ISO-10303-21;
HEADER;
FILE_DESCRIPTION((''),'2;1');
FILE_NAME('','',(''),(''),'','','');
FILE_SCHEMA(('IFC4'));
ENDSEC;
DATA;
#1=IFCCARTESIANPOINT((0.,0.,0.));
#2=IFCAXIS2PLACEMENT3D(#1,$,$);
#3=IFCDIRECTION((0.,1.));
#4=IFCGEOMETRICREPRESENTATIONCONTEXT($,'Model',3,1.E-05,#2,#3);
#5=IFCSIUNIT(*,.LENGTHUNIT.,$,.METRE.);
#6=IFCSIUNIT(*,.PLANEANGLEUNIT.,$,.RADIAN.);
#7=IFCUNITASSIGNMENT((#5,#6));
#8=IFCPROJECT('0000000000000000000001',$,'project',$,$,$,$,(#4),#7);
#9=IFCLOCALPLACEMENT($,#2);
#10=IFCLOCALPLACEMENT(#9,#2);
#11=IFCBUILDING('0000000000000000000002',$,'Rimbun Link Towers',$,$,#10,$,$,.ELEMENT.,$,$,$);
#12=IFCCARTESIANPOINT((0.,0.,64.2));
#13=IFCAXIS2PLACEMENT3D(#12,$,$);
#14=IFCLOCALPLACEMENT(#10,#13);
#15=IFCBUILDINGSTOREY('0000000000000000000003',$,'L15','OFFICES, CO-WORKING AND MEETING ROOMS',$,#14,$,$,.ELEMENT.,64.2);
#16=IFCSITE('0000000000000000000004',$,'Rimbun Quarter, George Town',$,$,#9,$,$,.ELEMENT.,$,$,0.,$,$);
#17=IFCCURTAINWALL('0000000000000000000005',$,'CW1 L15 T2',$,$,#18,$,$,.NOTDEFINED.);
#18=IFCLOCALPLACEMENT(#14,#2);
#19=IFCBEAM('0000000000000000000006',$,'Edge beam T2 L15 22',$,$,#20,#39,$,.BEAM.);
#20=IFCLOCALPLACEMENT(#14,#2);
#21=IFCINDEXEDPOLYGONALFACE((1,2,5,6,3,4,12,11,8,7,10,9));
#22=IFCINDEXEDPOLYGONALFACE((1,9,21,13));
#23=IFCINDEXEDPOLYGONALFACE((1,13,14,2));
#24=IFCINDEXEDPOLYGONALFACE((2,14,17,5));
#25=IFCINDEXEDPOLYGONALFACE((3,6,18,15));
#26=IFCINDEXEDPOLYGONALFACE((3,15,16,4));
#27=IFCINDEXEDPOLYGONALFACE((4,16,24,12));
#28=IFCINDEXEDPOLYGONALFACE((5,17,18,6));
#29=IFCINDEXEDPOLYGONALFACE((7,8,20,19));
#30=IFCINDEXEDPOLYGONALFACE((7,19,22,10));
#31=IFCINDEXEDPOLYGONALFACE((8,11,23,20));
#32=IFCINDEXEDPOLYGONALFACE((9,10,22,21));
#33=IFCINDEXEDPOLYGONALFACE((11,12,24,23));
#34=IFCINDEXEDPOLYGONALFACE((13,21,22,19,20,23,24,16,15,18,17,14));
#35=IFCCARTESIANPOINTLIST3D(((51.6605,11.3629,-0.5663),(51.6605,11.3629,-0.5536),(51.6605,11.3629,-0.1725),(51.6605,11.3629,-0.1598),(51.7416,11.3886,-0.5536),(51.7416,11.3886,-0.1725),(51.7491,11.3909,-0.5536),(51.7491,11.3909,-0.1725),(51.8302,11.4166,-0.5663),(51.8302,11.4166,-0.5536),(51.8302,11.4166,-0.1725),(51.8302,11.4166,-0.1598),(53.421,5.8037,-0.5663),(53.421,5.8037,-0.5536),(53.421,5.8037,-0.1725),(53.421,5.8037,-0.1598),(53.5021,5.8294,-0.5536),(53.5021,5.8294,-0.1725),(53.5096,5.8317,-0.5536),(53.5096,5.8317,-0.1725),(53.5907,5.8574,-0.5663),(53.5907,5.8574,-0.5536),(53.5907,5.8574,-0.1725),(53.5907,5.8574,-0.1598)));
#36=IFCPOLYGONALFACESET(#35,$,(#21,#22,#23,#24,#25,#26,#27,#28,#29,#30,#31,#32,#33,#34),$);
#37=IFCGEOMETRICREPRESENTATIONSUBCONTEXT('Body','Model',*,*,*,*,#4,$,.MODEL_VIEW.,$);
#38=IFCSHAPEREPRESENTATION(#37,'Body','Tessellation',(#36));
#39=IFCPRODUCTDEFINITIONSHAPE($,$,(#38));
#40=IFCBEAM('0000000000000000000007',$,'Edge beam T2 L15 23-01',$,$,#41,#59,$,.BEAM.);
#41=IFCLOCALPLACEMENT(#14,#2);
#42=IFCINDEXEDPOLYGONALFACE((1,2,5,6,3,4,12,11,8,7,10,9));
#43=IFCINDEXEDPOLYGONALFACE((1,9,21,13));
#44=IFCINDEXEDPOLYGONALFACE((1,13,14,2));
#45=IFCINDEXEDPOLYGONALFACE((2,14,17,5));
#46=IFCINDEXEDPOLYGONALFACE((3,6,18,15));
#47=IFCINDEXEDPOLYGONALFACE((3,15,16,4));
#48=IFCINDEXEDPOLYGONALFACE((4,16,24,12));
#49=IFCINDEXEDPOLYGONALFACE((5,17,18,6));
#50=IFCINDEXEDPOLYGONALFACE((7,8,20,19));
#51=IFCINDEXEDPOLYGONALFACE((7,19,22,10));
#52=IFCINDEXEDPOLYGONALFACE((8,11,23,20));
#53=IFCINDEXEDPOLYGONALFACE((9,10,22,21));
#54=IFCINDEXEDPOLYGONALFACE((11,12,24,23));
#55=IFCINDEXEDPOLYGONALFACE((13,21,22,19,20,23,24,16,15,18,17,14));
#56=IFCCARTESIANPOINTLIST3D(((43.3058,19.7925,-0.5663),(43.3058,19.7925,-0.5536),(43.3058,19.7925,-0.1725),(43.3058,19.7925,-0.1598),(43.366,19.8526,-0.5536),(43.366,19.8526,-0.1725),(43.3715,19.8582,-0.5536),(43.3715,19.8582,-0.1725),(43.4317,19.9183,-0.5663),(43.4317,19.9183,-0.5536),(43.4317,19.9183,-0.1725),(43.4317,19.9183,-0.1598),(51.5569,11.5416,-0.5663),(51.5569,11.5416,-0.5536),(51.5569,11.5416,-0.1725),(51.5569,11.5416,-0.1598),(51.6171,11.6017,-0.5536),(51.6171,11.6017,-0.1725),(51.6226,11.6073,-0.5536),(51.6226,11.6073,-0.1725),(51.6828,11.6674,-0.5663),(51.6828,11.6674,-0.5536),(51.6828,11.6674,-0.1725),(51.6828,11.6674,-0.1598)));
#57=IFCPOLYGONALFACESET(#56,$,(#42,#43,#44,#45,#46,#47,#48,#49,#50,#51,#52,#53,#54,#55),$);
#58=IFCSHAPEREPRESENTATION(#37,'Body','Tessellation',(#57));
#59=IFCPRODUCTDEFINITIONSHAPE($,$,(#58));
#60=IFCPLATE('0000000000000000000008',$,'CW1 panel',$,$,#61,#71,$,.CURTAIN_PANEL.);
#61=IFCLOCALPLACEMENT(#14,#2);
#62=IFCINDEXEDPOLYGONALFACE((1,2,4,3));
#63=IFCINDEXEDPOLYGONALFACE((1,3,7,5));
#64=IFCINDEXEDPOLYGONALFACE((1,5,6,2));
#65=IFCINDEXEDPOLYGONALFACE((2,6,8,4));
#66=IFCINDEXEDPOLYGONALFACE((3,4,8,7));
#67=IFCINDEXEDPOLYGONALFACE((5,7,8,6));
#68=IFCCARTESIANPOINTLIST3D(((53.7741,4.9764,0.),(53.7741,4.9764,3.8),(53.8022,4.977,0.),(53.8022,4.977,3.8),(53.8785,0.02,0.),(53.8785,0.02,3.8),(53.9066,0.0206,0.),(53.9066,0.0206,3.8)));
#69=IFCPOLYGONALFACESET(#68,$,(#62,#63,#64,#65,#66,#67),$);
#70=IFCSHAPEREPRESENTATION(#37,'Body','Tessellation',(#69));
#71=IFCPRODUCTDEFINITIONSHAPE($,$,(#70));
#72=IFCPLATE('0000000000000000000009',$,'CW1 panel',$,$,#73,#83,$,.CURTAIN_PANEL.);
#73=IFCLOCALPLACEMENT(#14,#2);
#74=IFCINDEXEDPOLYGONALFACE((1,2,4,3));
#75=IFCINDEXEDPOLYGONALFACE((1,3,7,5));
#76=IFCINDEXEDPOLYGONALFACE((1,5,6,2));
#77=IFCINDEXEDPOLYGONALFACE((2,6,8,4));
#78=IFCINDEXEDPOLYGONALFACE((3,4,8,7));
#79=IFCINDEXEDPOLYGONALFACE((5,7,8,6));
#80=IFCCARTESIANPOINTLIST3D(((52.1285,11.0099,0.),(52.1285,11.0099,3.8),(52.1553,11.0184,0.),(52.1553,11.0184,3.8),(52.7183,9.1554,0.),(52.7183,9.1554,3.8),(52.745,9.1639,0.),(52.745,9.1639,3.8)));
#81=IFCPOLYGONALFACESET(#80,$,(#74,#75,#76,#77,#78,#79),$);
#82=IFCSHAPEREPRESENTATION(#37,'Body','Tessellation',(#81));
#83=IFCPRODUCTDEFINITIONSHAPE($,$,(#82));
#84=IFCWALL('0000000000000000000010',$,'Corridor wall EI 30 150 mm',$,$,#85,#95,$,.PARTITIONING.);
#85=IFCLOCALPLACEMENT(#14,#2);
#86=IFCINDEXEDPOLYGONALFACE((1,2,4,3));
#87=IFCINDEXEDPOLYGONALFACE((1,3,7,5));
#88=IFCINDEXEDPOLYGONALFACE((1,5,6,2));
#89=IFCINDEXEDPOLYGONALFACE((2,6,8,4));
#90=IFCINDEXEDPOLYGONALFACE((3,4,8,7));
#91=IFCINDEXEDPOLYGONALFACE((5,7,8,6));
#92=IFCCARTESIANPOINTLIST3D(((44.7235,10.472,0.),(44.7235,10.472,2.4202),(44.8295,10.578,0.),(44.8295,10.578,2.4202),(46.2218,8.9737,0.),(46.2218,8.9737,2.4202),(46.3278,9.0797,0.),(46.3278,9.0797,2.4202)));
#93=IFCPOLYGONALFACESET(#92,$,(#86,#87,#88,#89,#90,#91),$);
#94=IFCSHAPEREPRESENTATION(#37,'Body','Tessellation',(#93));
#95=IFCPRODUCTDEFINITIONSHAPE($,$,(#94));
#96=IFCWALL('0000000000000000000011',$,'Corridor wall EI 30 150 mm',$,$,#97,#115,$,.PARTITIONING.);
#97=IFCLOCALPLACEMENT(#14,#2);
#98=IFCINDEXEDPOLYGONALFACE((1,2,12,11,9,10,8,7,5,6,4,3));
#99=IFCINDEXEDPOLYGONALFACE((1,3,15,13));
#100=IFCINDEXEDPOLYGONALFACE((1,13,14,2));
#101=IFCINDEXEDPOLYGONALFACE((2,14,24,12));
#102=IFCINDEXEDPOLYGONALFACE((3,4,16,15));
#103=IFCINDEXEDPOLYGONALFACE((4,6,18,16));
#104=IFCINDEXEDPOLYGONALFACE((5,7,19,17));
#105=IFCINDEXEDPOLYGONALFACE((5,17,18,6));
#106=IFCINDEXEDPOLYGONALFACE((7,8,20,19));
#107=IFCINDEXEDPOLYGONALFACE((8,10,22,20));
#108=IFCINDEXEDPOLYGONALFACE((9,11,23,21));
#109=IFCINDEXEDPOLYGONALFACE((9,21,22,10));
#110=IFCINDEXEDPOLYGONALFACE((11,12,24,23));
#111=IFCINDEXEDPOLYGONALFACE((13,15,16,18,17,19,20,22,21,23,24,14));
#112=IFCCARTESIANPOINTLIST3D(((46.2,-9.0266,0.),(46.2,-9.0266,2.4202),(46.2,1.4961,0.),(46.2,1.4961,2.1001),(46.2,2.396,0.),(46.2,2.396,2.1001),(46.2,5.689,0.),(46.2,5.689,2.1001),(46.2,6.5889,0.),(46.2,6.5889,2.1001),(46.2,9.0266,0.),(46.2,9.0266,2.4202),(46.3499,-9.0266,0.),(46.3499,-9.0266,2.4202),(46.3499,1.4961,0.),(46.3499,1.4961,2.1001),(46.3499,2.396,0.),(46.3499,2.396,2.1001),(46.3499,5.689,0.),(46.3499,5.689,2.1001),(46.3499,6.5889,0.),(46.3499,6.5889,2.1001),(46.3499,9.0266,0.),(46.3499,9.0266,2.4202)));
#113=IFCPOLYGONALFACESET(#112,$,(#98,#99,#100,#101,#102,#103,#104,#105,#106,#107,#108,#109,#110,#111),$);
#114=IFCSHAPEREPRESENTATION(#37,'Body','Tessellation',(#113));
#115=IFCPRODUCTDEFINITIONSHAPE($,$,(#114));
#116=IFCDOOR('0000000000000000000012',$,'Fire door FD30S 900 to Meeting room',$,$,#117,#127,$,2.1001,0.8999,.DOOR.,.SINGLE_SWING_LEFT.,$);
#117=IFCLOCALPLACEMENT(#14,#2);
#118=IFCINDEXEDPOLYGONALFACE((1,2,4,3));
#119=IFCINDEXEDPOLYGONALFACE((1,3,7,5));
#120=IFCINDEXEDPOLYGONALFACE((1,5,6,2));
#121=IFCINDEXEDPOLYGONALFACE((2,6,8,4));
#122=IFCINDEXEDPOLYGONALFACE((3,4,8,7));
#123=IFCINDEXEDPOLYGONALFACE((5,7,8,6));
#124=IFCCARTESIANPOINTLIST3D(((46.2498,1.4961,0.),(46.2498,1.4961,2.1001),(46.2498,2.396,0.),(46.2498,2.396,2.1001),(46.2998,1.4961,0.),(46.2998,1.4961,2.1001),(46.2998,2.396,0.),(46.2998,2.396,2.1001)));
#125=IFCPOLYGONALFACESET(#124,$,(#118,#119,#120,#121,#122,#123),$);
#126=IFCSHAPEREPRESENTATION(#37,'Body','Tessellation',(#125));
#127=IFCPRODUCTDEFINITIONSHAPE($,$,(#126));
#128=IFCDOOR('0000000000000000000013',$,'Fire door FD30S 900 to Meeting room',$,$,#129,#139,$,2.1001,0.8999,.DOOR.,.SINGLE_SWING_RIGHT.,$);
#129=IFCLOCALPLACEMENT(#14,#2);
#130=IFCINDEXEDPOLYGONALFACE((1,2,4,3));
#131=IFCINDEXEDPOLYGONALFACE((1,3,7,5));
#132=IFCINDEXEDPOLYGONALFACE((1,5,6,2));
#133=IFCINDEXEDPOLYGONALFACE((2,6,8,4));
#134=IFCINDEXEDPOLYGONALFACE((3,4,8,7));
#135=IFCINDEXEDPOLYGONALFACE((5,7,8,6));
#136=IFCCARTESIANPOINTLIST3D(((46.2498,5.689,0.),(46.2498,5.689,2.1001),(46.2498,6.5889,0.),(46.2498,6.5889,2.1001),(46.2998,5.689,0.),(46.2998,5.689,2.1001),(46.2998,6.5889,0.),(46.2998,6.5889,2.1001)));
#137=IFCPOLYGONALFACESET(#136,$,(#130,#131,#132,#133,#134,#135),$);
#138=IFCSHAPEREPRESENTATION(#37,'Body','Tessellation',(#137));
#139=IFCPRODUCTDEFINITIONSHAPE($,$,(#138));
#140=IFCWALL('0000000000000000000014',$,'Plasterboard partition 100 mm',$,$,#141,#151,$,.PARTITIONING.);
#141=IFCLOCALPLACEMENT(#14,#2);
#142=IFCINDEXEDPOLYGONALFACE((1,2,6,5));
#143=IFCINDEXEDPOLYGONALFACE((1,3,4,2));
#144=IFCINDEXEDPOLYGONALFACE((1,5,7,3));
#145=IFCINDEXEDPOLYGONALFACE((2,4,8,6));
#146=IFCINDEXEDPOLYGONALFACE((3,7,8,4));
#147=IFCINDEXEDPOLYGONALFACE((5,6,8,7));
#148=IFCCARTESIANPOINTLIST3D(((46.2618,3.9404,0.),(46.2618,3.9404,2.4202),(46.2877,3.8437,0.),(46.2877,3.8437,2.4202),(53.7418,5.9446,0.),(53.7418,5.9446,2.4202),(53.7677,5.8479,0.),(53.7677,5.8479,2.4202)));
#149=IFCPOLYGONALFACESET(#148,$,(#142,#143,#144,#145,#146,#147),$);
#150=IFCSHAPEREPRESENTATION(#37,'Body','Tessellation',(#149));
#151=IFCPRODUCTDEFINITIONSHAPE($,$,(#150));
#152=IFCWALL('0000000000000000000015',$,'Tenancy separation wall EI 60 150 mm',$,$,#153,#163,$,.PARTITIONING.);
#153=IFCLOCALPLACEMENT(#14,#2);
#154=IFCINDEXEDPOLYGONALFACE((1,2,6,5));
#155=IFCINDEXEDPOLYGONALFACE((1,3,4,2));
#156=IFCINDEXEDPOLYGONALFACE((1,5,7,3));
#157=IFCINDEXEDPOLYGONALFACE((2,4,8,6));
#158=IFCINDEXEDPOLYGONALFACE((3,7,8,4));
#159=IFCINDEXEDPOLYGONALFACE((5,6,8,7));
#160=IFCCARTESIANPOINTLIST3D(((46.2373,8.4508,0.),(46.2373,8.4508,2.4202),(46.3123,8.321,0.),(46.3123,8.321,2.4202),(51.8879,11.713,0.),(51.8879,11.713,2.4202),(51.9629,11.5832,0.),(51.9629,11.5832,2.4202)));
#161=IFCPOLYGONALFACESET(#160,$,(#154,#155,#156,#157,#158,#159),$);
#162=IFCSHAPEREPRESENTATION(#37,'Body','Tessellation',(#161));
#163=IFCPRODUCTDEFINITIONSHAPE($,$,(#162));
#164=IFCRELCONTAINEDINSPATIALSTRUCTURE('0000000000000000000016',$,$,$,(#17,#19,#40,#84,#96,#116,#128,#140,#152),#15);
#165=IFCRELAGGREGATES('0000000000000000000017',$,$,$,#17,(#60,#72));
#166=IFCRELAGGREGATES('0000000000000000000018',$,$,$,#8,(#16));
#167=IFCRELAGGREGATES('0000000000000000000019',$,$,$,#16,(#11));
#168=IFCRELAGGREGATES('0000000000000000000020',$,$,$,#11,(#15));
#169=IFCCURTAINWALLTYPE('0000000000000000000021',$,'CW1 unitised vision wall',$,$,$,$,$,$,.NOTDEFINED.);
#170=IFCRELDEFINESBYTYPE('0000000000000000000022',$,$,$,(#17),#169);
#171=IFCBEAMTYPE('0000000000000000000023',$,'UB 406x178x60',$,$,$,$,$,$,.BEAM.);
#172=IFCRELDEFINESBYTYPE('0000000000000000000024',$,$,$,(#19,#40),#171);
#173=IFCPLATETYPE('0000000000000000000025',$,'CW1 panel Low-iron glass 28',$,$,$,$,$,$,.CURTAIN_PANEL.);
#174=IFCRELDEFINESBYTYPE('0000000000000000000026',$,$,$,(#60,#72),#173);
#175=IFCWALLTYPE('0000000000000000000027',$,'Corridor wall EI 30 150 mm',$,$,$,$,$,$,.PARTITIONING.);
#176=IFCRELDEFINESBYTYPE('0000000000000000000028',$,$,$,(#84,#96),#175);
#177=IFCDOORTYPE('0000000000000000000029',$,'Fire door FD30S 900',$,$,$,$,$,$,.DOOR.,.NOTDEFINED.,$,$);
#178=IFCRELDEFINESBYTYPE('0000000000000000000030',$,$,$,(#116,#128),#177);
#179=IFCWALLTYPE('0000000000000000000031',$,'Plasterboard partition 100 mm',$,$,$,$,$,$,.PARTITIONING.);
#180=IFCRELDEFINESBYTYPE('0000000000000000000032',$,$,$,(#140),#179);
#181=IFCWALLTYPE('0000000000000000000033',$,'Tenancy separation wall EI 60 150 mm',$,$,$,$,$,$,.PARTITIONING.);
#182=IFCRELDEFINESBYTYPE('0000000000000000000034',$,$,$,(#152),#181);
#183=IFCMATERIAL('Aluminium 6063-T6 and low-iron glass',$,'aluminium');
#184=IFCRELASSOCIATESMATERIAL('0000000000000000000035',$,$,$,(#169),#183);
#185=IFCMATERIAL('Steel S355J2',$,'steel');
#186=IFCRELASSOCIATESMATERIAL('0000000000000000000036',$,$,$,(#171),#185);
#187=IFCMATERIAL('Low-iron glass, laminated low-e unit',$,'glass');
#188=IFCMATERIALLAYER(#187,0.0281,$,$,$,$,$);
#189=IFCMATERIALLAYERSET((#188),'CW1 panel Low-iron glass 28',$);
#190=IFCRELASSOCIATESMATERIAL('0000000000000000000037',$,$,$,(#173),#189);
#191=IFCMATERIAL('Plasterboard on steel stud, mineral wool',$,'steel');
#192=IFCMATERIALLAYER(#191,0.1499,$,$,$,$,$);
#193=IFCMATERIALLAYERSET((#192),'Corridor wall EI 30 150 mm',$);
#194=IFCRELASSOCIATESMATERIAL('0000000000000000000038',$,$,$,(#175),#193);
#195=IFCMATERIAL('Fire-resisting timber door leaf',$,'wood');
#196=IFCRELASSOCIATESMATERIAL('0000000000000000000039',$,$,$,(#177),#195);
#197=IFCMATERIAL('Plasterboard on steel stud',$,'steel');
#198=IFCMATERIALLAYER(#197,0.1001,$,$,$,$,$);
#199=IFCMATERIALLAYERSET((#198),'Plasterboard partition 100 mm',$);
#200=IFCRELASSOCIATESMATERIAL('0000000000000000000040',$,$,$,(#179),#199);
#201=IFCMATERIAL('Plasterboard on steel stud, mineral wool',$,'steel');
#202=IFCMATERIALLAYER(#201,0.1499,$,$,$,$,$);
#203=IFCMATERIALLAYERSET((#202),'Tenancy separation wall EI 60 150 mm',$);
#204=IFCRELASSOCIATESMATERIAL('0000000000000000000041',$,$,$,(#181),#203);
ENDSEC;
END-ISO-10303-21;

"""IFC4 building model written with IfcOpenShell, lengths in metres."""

from ifc_helpers import new_model, si_unit, direction, frame, frame_2d, origin, origin_2d, place, context, subcontext, project, spatial, rectangle, i_section, extrude, material, layer, layer_set, material_profile, profile_set, type_object, element, fill, aggregate, save


model = new_model("IFC4")

# Units and contexts
model_context = context("Model", 3, precision=1e-05, world=origin(), true_north=direction((0.0, 1.0)))
body_context = subcontext(model_context, "Body", "Model", "MODEL_VIEW")
ifc_project = project(units=[si_unit("LENGTHUNIT", "METRE"), si_unit("PLANEANGLEUNIT", "RADIAN")], contexts=[model_context])

# Site, building, storey
site_placement = place(None, origin())
site = spatial("IfcSite", under=ifc_project, at=site_placement, Name="Rimbun Quarter, George Town", CompositionType="ELEMENT", RefElevation=0.0)
building_placement = place(site_placement, origin())
building = spatial("IfcBuilding", under=site, at=building_placement, Name="Rimbun Link Towers", CompositionType="ELEMENT")
storey_placement = place(building_placement, frame((0.0, 0.0, 64.2)))
storey = spatial("IfcBuildingStorey", under=building, at=storey_placement, Name="L15", Description="OFFICES, CO-WORKING AND MEETING ROOMS", CompositionType="ELEMENT", Elevation=64.2)

# Curtain wall
ifc_material_1 = material(Name="Aluminium 6063-T6 and low-iron glass", Category="aluminium")
curtain_wall_type = type_object("IfcCurtainWallType", Name="CW1 unitised vision wall", PredefinedType="NOTDEFINED", material=ifc_material_1)
curtain_wall_placement = place(storey_placement, origin())
curtain_wall = element("IfcCurtainWall", 1, at=curtain_wall_placement, inside=storey, type_object=curtain_wall_type, Name="CW1 L15 T2", PredefinedType="NOTDEFINED")

# Beams
ifc_material_2 = material(Name="Steel S355J2", Category="steel")
ifc_material_profile_1 = material_profile(ifc_material_2, i_section(OverallWidth=0.178, OverallDepth=0.4065, WebThickness=0.0078, FlangeThickness=0.0127, at=origin_2d()), Name="UB 406x178x60")
ifc_profile_set_1 = profile_set([ifc_material_profile_1], Name="Steel S355J2")
beam_type = type_object("IfcBeamType", Name="UB 406x178x60", PredefinedType="BEAM", material=ifc_profile_set_1)
beam_1_placement = place(storey_placement, frame((53.5059, 5.8306, -0.363), z_axis=(-0.301911, 0.953336, 0.0), x_axis=(-0.953336, -0.301911, 0.0)))
element("IfcBeam", 2, at=beam_1_placement, inside=storey, type_object=beam_type, Name="Edge beam T2 L15 22", PredefinedType="BEAM", context=body_context, shape_type="SweptSolid", body=[
    extrude(i_section(OverallWidth=0.178, OverallDepth=0.4065, WebThickness=0.0078, FlangeThickness=0.0127, at=origin_2d()), origin(), (0.0, 0.0, 1.0), 5.8313),
])
beam_2_placement = place(storey_placement, frame((51.6199, 11.6045, -0.363), z_axis=(-0.707117, 0.707096, 0.0), x_axis=(-0.707096, -0.707117, 0.0)))
element("IfcBeam", 3, at=beam_2_placement, inside=storey, type_object=beam_type, Name="Edge beam T2 L15 23-01", PredefinedType="BEAM", context=body_context, shape_type="SweptSolid", body=[
    extrude(i_section(OverallWidth=0.178, OverallDepth=0.4065, WebThickness=0.0078, FlangeThickness=0.0127, at=origin_2d()), origin(), (0.0, 0.0, 1.0), 11.6687),
])

# Plates
ifc_material_3 = material(Name="Low-iron glass, laminated low-e unit", Category="glass")
ifc_layer_1 = layer(ifc_material_3, 0.0281)
ifc_layer_set_1 = layer_set([ifc_layer_1], Name="CW1 panel Low-iron glass 28")
plate_type = type_object("IfcPlateType", Name="CW1 panel Low-iron glass 28", PredefinedType="CURTAIN_PANEL", material=ifc_layer_set_1)
plate_1_placement = place(storey_placement, frame((53.8403, 2.4985, 0.0), z_axis=(0.0, 0.0, 1.0), x_axis=(0.02106, -0.999778, 0.0)))
plate_1 = element("IfcPlate", 4, at=plate_1_placement, type_object=plate_type, Name="CW1 panel", PredefinedType="CURTAIN_PANEL", context=body_context, shape_type="SweptSolid", body=[
    extrude(rectangle(XDim=4.9575, YDim=0.0281, at=origin_2d()), origin(), (0.0, 0.0, 1.0), 3.8),
])
plate_2_placement = place(storey_placement, frame((52.4368, 10.0869, 0.0), z_axis=(0.0, 0.0, 1.0), x_axis=(0.303066, -0.95297, 0.0)))
plate_2 = element("IfcPlate", 5, at=plate_2_placement, type_object=plate_type, Name="CW1 panel", PredefinedType="CURTAIN_PANEL", context=body_context, shape_type="SweptSolid", body=[
    extrude(rectangle(XDim=1.946, YDim=0.0281, at=origin_2d()), origin(), (0.0, 0.0, 1.0), 3.8),
])
aggregate(curtain_wall, [plate_1, plate_2])

# Wall
ifc_material_4 = material(Name="Plasterboard on steel stud, mineral wool", Category="steel")
ifc_layer_2 = layer(ifc_material_4, 0.1499)
ifc_layer_set_2 = layer_set([ifc_layer_2], Name="Corridor wall EI 30 150 mm")
wall_type_1 = type_object("IfcWallType", Name="Corridor wall EI 30 150 mm", PredefinedType="PARTITIONING", material=ifc_layer_set_2)
wall_1_placement = place(storey_placement, frame((46.2749, 9.0266, 0.0), z_axis=(0.0, 0.0, 1.0), x_axis=(-0.707107, 0.707107, 0.0)))
element("IfcWall", 6, at=wall_1_placement, inside=storey, type_object=wall_type_1, Name="Corridor wall EI 30 150 mm", PredefinedType="PARTITIONING", context=body_context, shape_type="SweptSolid", body=[
    extrude(rectangle(XDim=2.1189, YDim=0.1499, at=frame_2d((1.0596, 0.0))), origin(), (0.0, 0.0, 1.0), 2.4202),
])

# Wall, openings, doors
wall_2_placement = place(storey_placement, frame((46.2749, 9.0266, 0.0), z_axis=(0.0, 0.0, 1.0), x_axis=(0.0, -1.0, 0.0)))
wall_2 = element("IfcWall", 7, at=wall_2_placement, inside=storey, type_object=wall_type_1, Name="Corridor wall EI 30 150 mm", PredefinedType="PARTITIONING", context=body_context, shape_type="SweptSolid", body=[
    extrude(rectangle(XDim=18.0532, YDim=0.1499, at=frame_2d((9.0266, 0.0))), origin(), (0.0, 0.0, 1.0), 2.4202),
])
opening_1_placement = place(wall_2_placement, frame((6.6306, 0.0, 0.0)))
opening_1 = element("IfcOpeningElement", 8, at=opening_1_placement, cuts=wall_2, PredefinedType="OPENING", context=body_context, shape_type="SweptSolid", body=[
    extrude(rectangle(XDim=0.8999, YDim=2.1001, at=frame_2d((0.45, 1.05))), frame((0.0, 0.085, 0.0), z_axis=(0.0, -1.0, 0.0), x_axis=(1.0, 0.0, 0.0)), (0.0, 0.0, 1.0), 0.1699),
])
opening_2_placement = place(wall_2_placement, frame((2.4377, 0.0, 0.0)))
opening_2 = element("IfcOpeningElement", 9, at=opening_2_placement, cuts=wall_2, PredefinedType="OPENING", context=body_context, shape_type="SweptSolid", body=[
    extrude(rectangle(XDim=0.8999, YDim=2.1001, at=frame_2d((0.45, 1.05))), frame((0.0, 0.085, 0.0), z_axis=(0.0, -1.0, 0.0), x_axis=(1.0, 0.0, 0.0)), (0.0, 0.0, 1.0), 0.1699),
])
ifc_material_5 = material(Name="Fire-resisting timber door leaf", Category="wood")
door_type = type_object("IfcDoorType", Name="Fire door FD30S 900", OperationType="NOTDEFINED", PredefinedType="DOOR", material=ifc_material_5)
door_1_placement = place(opening_1_placement, origin())
door_1 = element("IfcDoor", 10, at=door_1_placement, inside=storey, type_object=door_type, Name="Fire door FD30S 900 to Meeting room", OperationType="SINGLE_SWING_LEFT", OverallHeight=2.1001, OverallWidth=0.8999, PredefinedType="DOOR", context=body_context, shape_type="SweptSolid", body=[
    extrude(rectangle(XDim=0.8999, YDim=2.1001, at=frame_2d((0.45, 1.05))), frame((0.0, 0.0249, 0.0), z_axis=(0.0, -1.0, 0.0), x_axis=(1.0, 0.0, 0.0)), (0.0, 0.0, 1.0), 0.05),
])
fill(opening_1, door_1)
door_2_placement = place(opening_2_placement, origin())
door_2 = element("IfcDoor", 11, at=door_2_placement, inside=storey, type_object=door_type, Name="Fire door FD30S 900 to Meeting room", OperationType="SINGLE_SWING_RIGHT", OverallHeight=2.1001, OverallWidth=0.8999, PredefinedType="DOOR", context=body_context, shape_type="SweptSolid", body=[
    extrude(rectangle(XDim=0.8999, YDim=2.1001, at=frame_2d((0.45, 1.05))), frame((0.0, 0.0249, 0.0), z_axis=(0.0, -1.0, 0.0), x_axis=(1.0, 0.0, 0.0)), (0.0, 0.0, 1.0), 0.05),
])
fill(opening_2, door_2)

# Walls
ifc_material_6 = material(Name="Plasterboard on steel stud", Category="steel")
ifc_layer_3 = layer(ifc_material_6, 0.1001)
ifc_layer_set_3 = layer_set([ifc_layer_3], Name="Plasterboard partition 100 mm")
wall_type_2 = type_object("IfcWallType", Name="Plasterboard partition 100 mm", PredefinedType="PARTITIONING", material=ifc_layer_set_3)
wall_3_placement = place(storey_placement, frame((53.7549, 5.8962, 0.0), z_axis=(0.0, 0.0, 1.0), x_axis=(-0.965929, -0.258806, 0.0)))
element("IfcWall", 12, at=wall_3_placement, inside=storey, type_object=wall_type_2, Name="Plasterboard partition 100 mm", PredefinedType="PARTITIONING", context=body_context, shape_type="SweptSolid", body=[
    extrude(rectangle(XDim=7.7439, YDim=0.1001, at=frame_2d((3.8721, 0.0))), origin(), (0.0, 0.0, 1.0), 2.4202),
])
ifc_material_7 = material(Name="Plasterboard on steel stud, mineral wool", Category="steel")
ifc_layer_4 = layer(ifc_material_7, 0.1499)
ifc_layer_set_4 = layer_set([ifc_layer_4], Name="Tenancy separation wall EI 60 150 mm")
wall_type_3 = type_object("IfcWallType", Name="Tenancy separation wall EI 60 150 mm", PredefinedType="PARTITIONING", material=ifc_layer_set_4)
wall_4_placement = place(storey_placement, frame((46.2749, 8.386, 0.0), z_axis=(0.0, 0.0, 1.0), x_axis=(0.866038, 0.499978, 0.0)))
element("IfcWall", 13, at=wall_4_placement, inside=storey, type_object=wall_type_3, Name="Tenancy separation wall EI 60 150 mm", PredefinedType="PARTITIONING", context=body_context, shape_type="SweptSolid", body=[
    extrude(rectangle(XDim=6.5247, YDim=0.1499, at=frame_2d((3.2622, 0.0))), origin(), (0.0, 0.0, 1.0), 2.4202),
])

save(model, "model.ifc")
